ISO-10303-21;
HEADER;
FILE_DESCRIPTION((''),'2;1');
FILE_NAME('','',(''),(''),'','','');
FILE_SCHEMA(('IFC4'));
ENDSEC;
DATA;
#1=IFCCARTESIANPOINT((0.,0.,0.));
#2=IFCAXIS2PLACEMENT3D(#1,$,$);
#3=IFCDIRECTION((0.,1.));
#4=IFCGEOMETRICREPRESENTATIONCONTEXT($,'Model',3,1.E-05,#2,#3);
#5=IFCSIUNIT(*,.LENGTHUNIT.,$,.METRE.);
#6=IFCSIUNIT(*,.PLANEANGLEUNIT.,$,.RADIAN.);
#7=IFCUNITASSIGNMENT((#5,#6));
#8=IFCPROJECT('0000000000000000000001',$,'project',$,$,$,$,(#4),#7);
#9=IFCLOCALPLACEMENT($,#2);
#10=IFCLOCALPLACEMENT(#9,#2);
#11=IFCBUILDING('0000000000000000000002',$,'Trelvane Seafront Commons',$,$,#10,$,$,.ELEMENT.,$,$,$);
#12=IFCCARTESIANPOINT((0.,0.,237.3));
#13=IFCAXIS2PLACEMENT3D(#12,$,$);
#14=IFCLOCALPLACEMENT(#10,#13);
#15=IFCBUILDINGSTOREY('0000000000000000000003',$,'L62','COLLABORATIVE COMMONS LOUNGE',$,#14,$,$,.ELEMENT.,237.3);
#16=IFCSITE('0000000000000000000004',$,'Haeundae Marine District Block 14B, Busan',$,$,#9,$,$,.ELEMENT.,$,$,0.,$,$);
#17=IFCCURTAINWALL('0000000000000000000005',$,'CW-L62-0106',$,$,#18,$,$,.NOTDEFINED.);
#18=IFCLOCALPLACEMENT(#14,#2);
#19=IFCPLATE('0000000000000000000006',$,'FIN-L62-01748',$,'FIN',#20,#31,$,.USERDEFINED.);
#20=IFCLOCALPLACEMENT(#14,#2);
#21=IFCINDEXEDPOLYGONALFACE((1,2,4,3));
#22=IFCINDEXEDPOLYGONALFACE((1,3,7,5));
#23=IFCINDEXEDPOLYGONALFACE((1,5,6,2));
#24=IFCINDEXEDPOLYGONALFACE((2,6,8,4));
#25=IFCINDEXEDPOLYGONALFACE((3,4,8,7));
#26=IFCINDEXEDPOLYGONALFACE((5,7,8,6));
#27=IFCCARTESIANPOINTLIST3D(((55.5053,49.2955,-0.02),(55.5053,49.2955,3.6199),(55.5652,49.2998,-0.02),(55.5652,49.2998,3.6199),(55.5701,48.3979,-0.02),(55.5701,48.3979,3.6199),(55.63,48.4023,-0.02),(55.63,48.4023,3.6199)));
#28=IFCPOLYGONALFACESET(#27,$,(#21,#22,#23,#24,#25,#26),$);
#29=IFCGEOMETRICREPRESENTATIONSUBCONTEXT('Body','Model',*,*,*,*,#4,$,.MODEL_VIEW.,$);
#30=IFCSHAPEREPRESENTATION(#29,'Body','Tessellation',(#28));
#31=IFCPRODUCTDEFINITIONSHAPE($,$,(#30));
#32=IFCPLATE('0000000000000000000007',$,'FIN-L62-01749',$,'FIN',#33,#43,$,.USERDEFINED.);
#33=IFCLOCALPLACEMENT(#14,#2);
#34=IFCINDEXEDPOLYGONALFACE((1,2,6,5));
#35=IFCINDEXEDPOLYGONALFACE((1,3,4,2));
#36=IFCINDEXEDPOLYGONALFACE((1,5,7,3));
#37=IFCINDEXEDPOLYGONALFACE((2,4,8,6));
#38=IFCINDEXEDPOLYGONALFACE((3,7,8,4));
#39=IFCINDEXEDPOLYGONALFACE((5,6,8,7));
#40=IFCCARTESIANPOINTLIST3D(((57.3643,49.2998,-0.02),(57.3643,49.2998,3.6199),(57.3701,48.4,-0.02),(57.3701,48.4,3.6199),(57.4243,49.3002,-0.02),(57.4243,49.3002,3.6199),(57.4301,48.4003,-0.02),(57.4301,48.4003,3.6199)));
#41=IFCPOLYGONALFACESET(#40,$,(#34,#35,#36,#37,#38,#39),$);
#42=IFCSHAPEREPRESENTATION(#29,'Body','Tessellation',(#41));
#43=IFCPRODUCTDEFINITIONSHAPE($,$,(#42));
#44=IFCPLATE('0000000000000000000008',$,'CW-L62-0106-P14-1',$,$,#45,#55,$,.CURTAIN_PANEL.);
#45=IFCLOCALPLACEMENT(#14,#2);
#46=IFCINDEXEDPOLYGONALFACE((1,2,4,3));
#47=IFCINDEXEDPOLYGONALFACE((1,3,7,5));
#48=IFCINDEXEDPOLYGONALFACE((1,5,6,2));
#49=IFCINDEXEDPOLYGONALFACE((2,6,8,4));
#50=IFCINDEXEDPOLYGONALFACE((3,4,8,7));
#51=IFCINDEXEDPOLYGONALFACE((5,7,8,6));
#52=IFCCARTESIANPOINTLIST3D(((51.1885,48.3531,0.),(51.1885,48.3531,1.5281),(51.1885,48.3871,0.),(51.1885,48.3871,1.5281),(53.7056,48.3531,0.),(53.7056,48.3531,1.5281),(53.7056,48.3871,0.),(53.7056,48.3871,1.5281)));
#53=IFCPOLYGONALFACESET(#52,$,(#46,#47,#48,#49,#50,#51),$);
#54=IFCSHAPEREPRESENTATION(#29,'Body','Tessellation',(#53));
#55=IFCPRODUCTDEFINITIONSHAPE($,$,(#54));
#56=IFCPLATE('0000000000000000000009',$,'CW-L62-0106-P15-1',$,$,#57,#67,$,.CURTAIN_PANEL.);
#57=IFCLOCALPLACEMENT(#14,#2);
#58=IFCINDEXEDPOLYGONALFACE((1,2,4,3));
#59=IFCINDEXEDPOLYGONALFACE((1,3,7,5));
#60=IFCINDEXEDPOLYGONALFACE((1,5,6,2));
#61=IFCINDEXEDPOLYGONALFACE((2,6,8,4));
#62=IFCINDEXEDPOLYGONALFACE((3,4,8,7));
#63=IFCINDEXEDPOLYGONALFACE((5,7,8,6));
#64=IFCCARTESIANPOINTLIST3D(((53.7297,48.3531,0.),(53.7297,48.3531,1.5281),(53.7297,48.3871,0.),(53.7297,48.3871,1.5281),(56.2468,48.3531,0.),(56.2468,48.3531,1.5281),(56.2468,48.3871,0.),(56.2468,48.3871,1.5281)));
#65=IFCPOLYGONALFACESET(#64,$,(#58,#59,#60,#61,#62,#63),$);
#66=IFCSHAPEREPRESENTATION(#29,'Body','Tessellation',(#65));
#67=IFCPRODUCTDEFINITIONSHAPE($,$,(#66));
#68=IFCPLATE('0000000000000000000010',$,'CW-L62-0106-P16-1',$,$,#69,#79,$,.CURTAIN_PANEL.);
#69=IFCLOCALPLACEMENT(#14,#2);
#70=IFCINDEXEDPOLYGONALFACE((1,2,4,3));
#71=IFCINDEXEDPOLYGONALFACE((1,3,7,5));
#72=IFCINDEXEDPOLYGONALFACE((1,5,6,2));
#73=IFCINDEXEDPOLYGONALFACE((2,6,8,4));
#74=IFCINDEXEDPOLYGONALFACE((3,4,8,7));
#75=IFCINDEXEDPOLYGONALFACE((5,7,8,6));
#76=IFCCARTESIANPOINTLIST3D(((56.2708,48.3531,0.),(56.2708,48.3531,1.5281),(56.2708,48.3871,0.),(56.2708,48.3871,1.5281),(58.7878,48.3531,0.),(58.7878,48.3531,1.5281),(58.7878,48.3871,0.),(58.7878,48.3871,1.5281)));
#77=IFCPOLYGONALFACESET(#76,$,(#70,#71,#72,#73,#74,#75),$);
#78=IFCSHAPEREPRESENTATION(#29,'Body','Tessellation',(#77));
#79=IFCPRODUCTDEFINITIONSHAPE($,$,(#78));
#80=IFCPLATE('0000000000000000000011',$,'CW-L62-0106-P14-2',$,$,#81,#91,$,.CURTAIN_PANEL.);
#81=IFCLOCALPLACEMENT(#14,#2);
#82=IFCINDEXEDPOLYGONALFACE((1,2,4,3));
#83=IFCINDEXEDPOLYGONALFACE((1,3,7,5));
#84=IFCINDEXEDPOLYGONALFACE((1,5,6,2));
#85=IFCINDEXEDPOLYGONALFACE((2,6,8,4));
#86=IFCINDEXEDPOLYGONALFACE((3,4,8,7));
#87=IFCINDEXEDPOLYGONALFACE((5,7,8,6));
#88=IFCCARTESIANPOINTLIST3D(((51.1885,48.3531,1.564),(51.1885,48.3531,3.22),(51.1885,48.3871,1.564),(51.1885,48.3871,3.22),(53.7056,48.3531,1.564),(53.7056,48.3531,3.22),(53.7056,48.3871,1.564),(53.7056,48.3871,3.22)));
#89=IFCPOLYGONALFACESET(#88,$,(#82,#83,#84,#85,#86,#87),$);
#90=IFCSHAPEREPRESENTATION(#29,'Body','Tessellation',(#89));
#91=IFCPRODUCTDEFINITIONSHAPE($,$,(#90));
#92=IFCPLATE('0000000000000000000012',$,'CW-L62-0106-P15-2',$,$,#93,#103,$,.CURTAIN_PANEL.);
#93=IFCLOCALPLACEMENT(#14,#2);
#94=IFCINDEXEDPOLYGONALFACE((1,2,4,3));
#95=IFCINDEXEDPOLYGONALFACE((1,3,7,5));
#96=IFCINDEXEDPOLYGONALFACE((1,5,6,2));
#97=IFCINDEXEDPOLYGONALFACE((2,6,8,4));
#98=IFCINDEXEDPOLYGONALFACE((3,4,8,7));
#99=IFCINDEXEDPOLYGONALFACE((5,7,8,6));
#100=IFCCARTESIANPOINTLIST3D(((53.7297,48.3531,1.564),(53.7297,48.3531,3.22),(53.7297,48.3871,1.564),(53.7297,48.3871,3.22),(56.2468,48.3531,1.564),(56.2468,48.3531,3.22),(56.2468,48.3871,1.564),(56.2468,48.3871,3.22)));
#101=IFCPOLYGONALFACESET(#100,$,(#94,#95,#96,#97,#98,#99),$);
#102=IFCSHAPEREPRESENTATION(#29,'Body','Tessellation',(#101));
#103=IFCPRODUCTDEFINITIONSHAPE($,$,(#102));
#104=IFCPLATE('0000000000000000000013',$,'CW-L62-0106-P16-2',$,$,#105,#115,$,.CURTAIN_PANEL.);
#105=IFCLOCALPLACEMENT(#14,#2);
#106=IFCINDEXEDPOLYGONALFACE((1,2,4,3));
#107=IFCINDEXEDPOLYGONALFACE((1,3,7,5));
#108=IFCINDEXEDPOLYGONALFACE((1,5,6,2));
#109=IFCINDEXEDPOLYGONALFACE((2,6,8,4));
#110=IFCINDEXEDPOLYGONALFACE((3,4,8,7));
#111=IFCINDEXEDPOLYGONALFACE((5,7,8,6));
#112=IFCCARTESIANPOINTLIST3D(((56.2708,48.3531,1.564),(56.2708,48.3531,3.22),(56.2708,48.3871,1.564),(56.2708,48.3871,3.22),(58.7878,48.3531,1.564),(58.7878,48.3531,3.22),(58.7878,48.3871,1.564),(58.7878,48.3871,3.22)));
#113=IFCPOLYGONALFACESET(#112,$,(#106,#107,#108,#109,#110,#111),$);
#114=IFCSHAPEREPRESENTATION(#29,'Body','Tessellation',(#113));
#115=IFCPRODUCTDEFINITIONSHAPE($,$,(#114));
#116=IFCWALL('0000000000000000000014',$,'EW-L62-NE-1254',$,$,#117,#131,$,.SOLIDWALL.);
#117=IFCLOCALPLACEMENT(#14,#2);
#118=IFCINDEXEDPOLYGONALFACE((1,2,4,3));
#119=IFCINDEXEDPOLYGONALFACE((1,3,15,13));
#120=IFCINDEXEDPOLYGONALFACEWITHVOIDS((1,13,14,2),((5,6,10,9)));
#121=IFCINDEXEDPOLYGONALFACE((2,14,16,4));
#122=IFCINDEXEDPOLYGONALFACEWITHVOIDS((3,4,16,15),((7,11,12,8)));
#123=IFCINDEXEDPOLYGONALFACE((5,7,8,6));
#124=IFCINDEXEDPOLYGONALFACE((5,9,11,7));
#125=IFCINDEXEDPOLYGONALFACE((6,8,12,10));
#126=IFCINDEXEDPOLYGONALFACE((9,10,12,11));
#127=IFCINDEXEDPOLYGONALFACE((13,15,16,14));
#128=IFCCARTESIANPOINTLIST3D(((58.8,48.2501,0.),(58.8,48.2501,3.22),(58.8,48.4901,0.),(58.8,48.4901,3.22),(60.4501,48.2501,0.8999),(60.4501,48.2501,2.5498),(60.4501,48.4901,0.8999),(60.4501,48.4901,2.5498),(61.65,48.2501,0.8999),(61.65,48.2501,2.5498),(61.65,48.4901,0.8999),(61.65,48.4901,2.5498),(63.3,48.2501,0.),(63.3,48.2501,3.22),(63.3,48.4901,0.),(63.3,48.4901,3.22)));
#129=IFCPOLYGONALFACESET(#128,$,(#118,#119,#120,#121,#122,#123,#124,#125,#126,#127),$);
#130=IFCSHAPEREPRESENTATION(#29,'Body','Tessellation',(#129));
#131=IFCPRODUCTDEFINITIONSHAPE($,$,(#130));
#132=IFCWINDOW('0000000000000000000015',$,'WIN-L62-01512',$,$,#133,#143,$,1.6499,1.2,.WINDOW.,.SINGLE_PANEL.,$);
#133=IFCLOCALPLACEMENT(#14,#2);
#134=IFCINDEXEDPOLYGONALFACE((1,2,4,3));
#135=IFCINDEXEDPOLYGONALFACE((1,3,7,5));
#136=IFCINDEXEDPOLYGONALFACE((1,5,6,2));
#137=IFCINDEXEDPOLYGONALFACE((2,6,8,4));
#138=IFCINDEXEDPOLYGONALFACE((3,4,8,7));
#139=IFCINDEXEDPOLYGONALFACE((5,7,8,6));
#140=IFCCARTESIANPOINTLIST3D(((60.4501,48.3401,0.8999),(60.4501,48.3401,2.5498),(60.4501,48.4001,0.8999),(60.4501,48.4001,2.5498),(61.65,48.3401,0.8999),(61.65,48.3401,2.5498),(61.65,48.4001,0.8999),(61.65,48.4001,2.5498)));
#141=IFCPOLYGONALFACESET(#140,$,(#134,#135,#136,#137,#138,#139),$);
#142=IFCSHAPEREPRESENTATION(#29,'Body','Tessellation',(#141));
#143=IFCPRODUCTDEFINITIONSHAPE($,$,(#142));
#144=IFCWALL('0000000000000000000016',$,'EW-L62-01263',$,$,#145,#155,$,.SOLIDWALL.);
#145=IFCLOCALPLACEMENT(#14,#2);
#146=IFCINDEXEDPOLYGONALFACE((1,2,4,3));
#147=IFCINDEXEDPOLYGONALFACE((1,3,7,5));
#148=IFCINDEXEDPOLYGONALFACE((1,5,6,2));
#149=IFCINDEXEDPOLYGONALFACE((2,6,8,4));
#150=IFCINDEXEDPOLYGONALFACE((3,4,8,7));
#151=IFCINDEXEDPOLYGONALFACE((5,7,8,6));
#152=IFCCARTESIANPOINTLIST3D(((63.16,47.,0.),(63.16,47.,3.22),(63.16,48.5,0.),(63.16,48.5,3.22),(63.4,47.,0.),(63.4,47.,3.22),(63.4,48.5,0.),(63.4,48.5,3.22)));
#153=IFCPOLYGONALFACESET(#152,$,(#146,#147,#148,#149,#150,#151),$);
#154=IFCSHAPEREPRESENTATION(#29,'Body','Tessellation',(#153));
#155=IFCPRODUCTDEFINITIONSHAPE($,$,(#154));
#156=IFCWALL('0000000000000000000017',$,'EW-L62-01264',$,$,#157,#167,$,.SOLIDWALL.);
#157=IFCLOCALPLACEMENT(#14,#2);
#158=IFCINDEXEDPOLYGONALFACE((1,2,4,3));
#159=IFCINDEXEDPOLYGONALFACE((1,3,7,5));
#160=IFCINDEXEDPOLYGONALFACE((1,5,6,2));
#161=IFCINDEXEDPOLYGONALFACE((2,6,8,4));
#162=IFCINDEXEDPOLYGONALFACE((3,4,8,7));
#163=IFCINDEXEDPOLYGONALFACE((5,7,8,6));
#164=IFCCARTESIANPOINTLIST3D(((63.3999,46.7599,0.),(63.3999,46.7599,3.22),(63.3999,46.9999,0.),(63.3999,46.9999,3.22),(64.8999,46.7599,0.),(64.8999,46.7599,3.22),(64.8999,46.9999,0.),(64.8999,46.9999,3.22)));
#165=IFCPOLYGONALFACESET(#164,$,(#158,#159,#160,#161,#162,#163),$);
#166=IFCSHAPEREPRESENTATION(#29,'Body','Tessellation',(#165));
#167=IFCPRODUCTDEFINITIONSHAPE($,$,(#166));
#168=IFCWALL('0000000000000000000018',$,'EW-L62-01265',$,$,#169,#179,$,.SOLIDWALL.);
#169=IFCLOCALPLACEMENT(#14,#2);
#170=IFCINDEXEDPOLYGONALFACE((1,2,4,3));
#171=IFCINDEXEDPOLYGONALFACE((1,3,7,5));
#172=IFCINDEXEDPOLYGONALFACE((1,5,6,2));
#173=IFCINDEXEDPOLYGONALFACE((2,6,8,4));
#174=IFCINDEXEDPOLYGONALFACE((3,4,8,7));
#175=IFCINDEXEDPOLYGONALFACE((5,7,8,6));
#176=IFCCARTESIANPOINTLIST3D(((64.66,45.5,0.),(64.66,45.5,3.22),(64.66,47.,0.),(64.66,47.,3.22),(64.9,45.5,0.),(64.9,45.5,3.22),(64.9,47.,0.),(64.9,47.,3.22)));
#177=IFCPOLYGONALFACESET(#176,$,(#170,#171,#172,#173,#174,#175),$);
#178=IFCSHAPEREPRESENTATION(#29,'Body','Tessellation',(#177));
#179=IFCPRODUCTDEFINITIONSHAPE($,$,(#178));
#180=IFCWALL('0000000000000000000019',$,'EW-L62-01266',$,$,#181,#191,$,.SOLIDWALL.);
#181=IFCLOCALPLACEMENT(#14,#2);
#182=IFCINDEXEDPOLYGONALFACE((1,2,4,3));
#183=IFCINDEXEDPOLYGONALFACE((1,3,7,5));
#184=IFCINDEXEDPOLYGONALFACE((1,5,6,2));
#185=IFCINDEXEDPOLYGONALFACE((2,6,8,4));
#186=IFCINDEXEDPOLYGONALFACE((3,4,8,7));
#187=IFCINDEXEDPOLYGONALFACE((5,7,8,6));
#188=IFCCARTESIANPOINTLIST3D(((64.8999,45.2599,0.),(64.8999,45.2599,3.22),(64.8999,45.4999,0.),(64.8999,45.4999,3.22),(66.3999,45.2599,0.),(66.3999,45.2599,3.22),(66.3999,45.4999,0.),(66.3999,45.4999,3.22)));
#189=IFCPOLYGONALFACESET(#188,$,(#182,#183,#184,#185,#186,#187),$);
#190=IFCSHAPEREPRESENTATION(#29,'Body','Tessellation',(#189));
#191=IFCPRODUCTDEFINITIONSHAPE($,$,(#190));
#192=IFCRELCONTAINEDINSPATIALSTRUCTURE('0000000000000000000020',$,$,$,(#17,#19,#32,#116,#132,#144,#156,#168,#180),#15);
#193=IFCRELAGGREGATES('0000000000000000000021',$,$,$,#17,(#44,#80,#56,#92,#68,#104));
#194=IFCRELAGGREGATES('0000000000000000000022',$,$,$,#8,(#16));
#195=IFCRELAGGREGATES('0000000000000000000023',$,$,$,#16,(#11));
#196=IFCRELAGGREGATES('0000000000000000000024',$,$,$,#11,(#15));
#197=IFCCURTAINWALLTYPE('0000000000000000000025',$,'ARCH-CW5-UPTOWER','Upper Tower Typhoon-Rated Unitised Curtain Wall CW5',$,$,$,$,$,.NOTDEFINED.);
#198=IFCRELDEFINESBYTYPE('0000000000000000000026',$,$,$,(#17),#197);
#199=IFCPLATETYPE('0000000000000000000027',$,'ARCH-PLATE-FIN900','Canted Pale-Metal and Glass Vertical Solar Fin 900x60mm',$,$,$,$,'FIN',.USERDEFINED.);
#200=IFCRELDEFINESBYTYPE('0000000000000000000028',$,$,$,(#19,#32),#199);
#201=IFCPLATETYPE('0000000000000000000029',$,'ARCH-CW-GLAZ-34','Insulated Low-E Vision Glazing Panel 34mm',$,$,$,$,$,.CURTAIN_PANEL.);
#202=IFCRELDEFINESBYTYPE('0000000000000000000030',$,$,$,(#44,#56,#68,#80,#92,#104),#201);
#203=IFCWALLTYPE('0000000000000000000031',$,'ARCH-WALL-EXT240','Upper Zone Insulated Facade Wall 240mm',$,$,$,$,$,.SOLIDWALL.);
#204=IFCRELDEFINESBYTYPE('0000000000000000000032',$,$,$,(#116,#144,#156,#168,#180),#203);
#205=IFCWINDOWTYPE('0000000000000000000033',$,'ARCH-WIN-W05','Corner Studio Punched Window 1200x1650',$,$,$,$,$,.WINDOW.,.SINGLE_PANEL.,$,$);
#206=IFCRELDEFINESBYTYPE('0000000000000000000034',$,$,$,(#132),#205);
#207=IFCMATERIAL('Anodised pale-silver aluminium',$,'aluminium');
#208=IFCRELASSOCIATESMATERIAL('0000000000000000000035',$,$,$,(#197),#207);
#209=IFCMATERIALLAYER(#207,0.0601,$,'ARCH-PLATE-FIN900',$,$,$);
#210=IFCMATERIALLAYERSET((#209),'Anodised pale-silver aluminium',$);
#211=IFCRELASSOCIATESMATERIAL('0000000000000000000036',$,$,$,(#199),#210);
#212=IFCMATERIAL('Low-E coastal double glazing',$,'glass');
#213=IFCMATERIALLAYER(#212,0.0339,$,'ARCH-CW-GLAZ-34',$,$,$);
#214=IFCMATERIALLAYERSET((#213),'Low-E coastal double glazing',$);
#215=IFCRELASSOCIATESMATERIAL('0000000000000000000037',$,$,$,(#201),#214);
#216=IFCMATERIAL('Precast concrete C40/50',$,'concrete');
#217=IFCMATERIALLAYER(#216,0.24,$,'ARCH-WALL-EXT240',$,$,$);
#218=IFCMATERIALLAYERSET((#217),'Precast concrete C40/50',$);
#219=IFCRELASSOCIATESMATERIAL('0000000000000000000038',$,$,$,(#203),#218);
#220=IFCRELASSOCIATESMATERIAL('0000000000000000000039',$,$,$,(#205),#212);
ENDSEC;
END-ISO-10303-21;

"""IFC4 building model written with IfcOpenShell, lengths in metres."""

from ifc_helpers import new_model, si_unit, direction, frame, frame_2d, origin, origin_2d, place, context, subcontext, project, spatial, rectangle, extrude, source, transform, mapped, material, layer, layer_set, type_object, element, fill, aggregate, save


model = new_model("IFC4")

# Units and contexts
model_context = context("Model", 3, precision=1e-05, world=origin(), true_north=direction((0.0, 1.0)))
body_context = subcontext(model_context, "Body", "Model", "MODEL_VIEW")
ifc_project = project(units=[si_unit("LENGTHUNIT", "METRE"), si_unit("PLANEANGLEUNIT", "RADIAN")], contexts=[model_context])

# Site, building, storey
site_placement = place(None, origin())
site = spatial("IfcSite", under=ifc_project, at=site_placement, Name="Haeundae Marine District Block 14B, Busan", CompositionType="ELEMENT", RefElevation=0.0)
building_placement = place(site_placement, origin())
building = spatial("IfcBuilding", under=site, at=building_placement, Name="Trelvane Seafront Commons", CompositionType="ELEMENT")
storey_placement = place(building_placement, frame((0.0, 0.0, 237.3)))
storey = spatial("IfcBuildingStorey", under=building, at=storey_placement, Name="L62", Description="COLLABORATIVE COMMONS LOUNGE", CompositionType="ELEMENT", Elevation=237.3)

# Curtain wall
ifc_material_1 = material(Name="Anodised pale-silver aluminium", Category="aluminium")
curtain_wall_type = type_object("IfcCurtainWallType", Name="ARCH-CW5-UPTOWER", Description="Upper Tower Typhoon-Rated Unitised Curtain Wall CW5", PredefinedType="NOTDEFINED", material=ifc_material_1)
curtain_wall_placement = place(storey_placement, origin())
curtain_wall = element("IfcCurtainWall", 1, at=curtain_wall_placement, inside=storey, type_object=curtain_wall_type, Name="CW-L62-0106", PredefinedType="NOTDEFINED")

# Plates
ifc_layer_1 = layer(ifc_material_1, 0.0601, Name="ARCH-PLATE-FIN900")
ifc_layer_set_1 = layer_set([ifc_layer_1], Name="Anodised pale-silver aluminium")
plate_type_1 = type_object("IfcPlateType", Name="ARCH-PLATE-FIN900", Description="Canted Pale-Metal and Glass Vertical Solar Fin 900x60mm", ElementType="FIN", PredefinedType="USERDEFINED", material=ifc_layer_set_1)
shared_shape_1 = source(origin(), body_context, "Body", "SweptSolid", [
    extrude(rectangle(XDim=0.8999, YDim=0.0601, at=origin_2d()), origin(), (0.0, 0.0, 1.0), 3.6399),
])
for number, where, z_axis, x_axis, name in (
    (2, (55.5676, 48.8489, -0.02), (0.0, 0.0, 1.0), (-0.071997, 0.997405, 0.0), "FIN-L62-01748"),
    (3, (57.3972, 48.8501, -0.02), (0.0, 0.0, 1.0), (-0.006444, 0.999979, 0.0), "FIN-L62-01749"),
):
    element("IfcPlate", number, at=place(storey_placement, frame(where, z_axis=z_axis, x_axis=x_axis)), inside=storey, type_object=plate_type_1, Name=name, ObjectType="FIN", PredefinedType="USERDEFINED", context=body_context, shape_type="MappedRepresentation", body=[
        mapped(shared_shape_1, transform((0.0, 0.0, 0.0), x_axis=(1.0, 0.0, 0.0), y_axis=(0.0, 1.0, 0.0), z_axis=(0.0, 0.0, 1.0), scale=1.0)),
    ])

# Plates
ifc_material_2 = material(Name="Low-E coastal double glazing", Category="glass")
ifc_layer_2 = layer(ifc_material_2, 0.0339, Name="ARCH-CW-GLAZ-34")
ifc_layer_set_2 = layer_set([ifc_layer_2], Name="Low-E coastal double glazing")
plate_type_2 = type_object("IfcPlateType", Name="ARCH-CW-GLAZ-34", Description="Insulated Low-E Vision Glazing Panel 34mm", PredefinedType="CURTAIN_PANEL", material=ifc_layer_set_2)
shared_shape_2 = source(origin(), body_context, "Body", "SweptSolid", [
    extrude(rectangle(XDim=2.5171, YDim=0.0339, at=origin_2d()), origin(), (0.0, 0.0, 1.0), 1.5281),
])
plate_1_placement = place(storey_placement, frame((52.447, 48.3701, 0.0), z_axis=(0.0, 0.0, 1.0), x_axis=(1.0, 0.0, 0.0)))
plate_1 = element("IfcPlate", 4, at=plate_1_placement, type_object=plate_type_2, Name="CW-L62-0106-P14-1", PredefinedType="CURTAIN_PANEL", context=body_context, shape_type="MappedRepresentation", body=[
    mapped(shared_shape_2, transform((0.0, 0.0, 0.0), x_axis=(1.0, 0.0, 0.0), y_axis=(0.0, 1.0, 0.0), z_axis=(0.0, 0.0, 1.0), scale=1.0)),
])
plate_2_placement = place(storey_placement, frame((54.9883, 48.3701, 0.0), z_axis=(0.0, 0.0, 1.0), x_axis=(1.0, 0.0, 0.0)))
plate_2 = element("IfcPlate", 5, at=plate_2_placement, type_object=plate_type_2, Name="CW-L62-0106-P15-1", PredefinedType="CURTAIN_PANEL", context=body_context, shape_type="MappedRepresentation", body=[
    mapped(shared_shape_2, transform((0.0, 0.0, 0.0), x_axis=(1.0, 0.0, 0.0), y_axis=(0.0, 1.0, 0.0), z_axis=(0.0, 0.0, 1.0), scale=1.0)),
])
plate_3_placement = place(storey_placement, frame((57.5293, 48.3701, 0.0), z_axis=(0.0, 0.0, 1.0), x_axis=(1.0, 0.0, 0.0)))
plate_3 = element("IfcPlate", 6, at=plate_3_placement, type_object=plate_type_2, Name="CW-L62-0106-P16-1", PredefinedType="CURTAIN_PANEL", context=body_context, shape_type="MappedRepresentation", body=[
    mapped(shared_shape_2, transform((0.0, 0.0, 0.0), x_axis=(1.0, 0.0, 0.0), y_axis=(0.0, 1.0, 0.0), z_axis=(0.0, 0.0, 1.0), scale=1.0)),
])
shared_shape_3 = source(origin(), body_context, "Body", "SweptSolid", [
    extrude(rectangle(XDim=2.5171, YDim=0.0339, at=origin_2d()), origin(), (0.0, 0.0, 1.0), 1.656),
])
plate_4_placement = place(storey_placement, frame((52.447, 48.3701, 1.564), z_axis=(0.0, 0.0, 1.0), x_axis=(1.0, 0.0, 0.0)))
plate_4 = element("IfcPlate", 7, at=plate_4_placement, type_object=plate_type_2, Name="CW-L62-0106-P14-2", PredefinedType="CURTAIN_PANEL", context=body_context, shape_type="MappedRepresentation", body=[
    mapped(shared_shape_3, transform((0.0, 0.0, 0.0), x_axis=(1.0, 0.0, 0.0), y_axis=(0.0, 1.0, 0.0), z_axis=(0.0, 0.0, 1.0), scale=1.0)),
])
plate_5_placement = place(storey_placement, frame((54.9883, 48.3701, 1.564), z_axis=(0.0, 0.0, 1.0), x_axis=(1.0, 0.0, 0.0)))
plate_5 = element("IfcPlate", 8, at=plate_5_placement, type_object=plate_type_2, Name="CW-L62-0106-P15-2", PredefinedType="CURTAIN_PANEL", context=body_context, shape_type="MappedRepresentation", body=[
    mapped(shared_shape_3, transform((0.0, 0.0, 0.0), x_axis=(1.0, 0.0, 0.0), y_axis=(0.0, 1.0, 0.0), z_axis=(0.0, 0.0, 1.0), scale=1.0)),
])
plate_6_placement = place(storey_placement, frame((57.5293, 48.3701, 1.564), z_axis=(0.0, 0.0, 1.0), x_axis=(1.0, 0.0, 0.0)))
plate_6 = element("IfcPlate", 9, at=plate_6_placement, type_object=plate_type_2, Name="CW-L62-0106-P16-2", PredefinedType="CURTAIN_PANEL", context=body_context, shape_type="MappedRepresentation", body=[
    mapped(shared_shape_3, transform((0.0, 0.0, 0.0), x_axis=(1.0, 0.0, 0.0), y_axis=(0.0, 1.0, 0.0), z_axis=(0.0, 0.0, 1.0), scale=1.0)),
])
aggregate(curtain_wall, [plate_1, plate_4, plate_2, plate_5, plate_3, plate_6])

# Wall, opening, window
ifc_material_3 = material(Name="Precast concrete C40/50", Category="concrete")
ifc_layer_3 = layer(ifc_material_3, 0.24, Name="ARCH-WALL-EXT240")
ifc_layer_set_3 = layer_set([ifc_layer_3], Name="Precast concrete C40/50")
wall_type = type_object("IfcWallType", Name="ARCH-WALL-EXT240", Description="Upper Zone Insulated Facade Wall 240mm", PredefinedType="SOLIDWALL", material=ifc_layer_set_3)
wall_1_placement = place(storey_placement, frame((58.8, 48.3701, 0.0), z_axis=(0.0, 0.0, 1.0), x_axis=(1.0, 0.0, 0.0)))
wall_1 = element("IfcWall", 10, at=wall_1_placement, inside=storey, type_object=wall_type, Name="EW-L62-NE-1254", PredefinedType="SOLIDWALL", context=body_context, shape_type="SweptSolid", body=[
    extrude(rectangle(XDim=4.5, YDim=0.24, at=frame_2d((2.25, 0.0))), origin(), (0.0, 0.0, 1.0), 3.22),
])
opening_1_placement = place(wall_1_placement, frame((1.6499, 0.0, 0.8999)))
opening_1 = element("IfcOpeningElement", 11, at=opening_1_placement, cuts=wall_1, PredefinedType="OPENING", context=body_context, shape_type="SweptSolid", body=[
    extrude(rectangle(XDim=1.2, YDim=1.6499, at=frame_2d((0.6001, 0.825))), frame((0.0, 0.1299, 0.0), z_axis=(0.0, -1.0, 0.0), x_axis=(1.0, 0.0, 0.0)), (0.0, 0.0, 1.0), 0.26),
])
window_type_1 = type_object("IfcWindowType", Name="ARCH-WIN-W05", Description="Corner Studio Punched Window 1200x1650", PartitioningType="SINGLE_PANEL", PredefinedType="WINDOW", material=ifc_material_2)
shared_shape_4 = source(origin(), body_context, "Body", "SweptSolid", [
    extrude(rectangle(XDim=1.2, YDim=1.6499, at=frame_2d((0.6001, 0.825))), frame((0.0, 0.03, 0.0), z_axis=(0.0, -1.0, 0.0), x_axis=(1.0, 0.0, 0.0)), (0.0, 0.0, 1.0), 0.0601),
])
window_1_placement = place(opening_1_placement, origin())
window_1 = element("IfcWindow", 12, at=window_1_placement, inside=storey, type_object=window_type_1, Name="WIN-L62-01512", OverallHeight=1.6499, OverallWidth=1.2, PartitioningType="SINGLE_PANEL", PredefinedType="WINDOW", context=body_context, shape_type="MappedRepresentation", body=[
    mapped(shared_shape_4, transform((0.0, 0.0, 0.0), x_axis=(1.0, 0.0, 0.0), y_axis=(0.0, 1.0, 0.0), z_axis=(0.0, 0.0, 1.0), scale=1.0)),
])
fill(opening_1, window_1)

# Walls
for number, where, z_axis, x_axis, name in (
    (13, (63.28, 48.5, 0.0), (0.0, 0.0, 1.0), (0.0, -1.0, 0.0), "EW-L62-01263"),
    (14, (63.3999, 46.8799, 0.0), (0.0, 0.0, 1.0), (1.0, 0.0, 0.0), "EW-L62-01264"),
    (15, (64.78, 47.0, 0.0), (0.0, 0.0, 1.0), (0.0, -1.0, 0.0), "EW-L62-01265"),
    (16, (64.8999, 45.3799, 0.0), (0.0, 0.0, 1.0), (1.0, 0.0, 0.0), "EW-L62-01266"),
):
    element("IfcWall", number, at=place(storey_placement, frame(where, z_axis=z_axis, x_axis=x_axis)), inside=storey, type_object=wall_type, Name=name, PredefinedType="SOLIDWALL", context=body_context, shape_type="SweptSolid", body=[
        extrude(rectangle(XDim=1.5, YDim=0.24, at=frame_2d((0.75, 0.0))), origin(), (0.0, 0.0, 1.0), 3.22),
    ])

save(model, "model.ifc")
